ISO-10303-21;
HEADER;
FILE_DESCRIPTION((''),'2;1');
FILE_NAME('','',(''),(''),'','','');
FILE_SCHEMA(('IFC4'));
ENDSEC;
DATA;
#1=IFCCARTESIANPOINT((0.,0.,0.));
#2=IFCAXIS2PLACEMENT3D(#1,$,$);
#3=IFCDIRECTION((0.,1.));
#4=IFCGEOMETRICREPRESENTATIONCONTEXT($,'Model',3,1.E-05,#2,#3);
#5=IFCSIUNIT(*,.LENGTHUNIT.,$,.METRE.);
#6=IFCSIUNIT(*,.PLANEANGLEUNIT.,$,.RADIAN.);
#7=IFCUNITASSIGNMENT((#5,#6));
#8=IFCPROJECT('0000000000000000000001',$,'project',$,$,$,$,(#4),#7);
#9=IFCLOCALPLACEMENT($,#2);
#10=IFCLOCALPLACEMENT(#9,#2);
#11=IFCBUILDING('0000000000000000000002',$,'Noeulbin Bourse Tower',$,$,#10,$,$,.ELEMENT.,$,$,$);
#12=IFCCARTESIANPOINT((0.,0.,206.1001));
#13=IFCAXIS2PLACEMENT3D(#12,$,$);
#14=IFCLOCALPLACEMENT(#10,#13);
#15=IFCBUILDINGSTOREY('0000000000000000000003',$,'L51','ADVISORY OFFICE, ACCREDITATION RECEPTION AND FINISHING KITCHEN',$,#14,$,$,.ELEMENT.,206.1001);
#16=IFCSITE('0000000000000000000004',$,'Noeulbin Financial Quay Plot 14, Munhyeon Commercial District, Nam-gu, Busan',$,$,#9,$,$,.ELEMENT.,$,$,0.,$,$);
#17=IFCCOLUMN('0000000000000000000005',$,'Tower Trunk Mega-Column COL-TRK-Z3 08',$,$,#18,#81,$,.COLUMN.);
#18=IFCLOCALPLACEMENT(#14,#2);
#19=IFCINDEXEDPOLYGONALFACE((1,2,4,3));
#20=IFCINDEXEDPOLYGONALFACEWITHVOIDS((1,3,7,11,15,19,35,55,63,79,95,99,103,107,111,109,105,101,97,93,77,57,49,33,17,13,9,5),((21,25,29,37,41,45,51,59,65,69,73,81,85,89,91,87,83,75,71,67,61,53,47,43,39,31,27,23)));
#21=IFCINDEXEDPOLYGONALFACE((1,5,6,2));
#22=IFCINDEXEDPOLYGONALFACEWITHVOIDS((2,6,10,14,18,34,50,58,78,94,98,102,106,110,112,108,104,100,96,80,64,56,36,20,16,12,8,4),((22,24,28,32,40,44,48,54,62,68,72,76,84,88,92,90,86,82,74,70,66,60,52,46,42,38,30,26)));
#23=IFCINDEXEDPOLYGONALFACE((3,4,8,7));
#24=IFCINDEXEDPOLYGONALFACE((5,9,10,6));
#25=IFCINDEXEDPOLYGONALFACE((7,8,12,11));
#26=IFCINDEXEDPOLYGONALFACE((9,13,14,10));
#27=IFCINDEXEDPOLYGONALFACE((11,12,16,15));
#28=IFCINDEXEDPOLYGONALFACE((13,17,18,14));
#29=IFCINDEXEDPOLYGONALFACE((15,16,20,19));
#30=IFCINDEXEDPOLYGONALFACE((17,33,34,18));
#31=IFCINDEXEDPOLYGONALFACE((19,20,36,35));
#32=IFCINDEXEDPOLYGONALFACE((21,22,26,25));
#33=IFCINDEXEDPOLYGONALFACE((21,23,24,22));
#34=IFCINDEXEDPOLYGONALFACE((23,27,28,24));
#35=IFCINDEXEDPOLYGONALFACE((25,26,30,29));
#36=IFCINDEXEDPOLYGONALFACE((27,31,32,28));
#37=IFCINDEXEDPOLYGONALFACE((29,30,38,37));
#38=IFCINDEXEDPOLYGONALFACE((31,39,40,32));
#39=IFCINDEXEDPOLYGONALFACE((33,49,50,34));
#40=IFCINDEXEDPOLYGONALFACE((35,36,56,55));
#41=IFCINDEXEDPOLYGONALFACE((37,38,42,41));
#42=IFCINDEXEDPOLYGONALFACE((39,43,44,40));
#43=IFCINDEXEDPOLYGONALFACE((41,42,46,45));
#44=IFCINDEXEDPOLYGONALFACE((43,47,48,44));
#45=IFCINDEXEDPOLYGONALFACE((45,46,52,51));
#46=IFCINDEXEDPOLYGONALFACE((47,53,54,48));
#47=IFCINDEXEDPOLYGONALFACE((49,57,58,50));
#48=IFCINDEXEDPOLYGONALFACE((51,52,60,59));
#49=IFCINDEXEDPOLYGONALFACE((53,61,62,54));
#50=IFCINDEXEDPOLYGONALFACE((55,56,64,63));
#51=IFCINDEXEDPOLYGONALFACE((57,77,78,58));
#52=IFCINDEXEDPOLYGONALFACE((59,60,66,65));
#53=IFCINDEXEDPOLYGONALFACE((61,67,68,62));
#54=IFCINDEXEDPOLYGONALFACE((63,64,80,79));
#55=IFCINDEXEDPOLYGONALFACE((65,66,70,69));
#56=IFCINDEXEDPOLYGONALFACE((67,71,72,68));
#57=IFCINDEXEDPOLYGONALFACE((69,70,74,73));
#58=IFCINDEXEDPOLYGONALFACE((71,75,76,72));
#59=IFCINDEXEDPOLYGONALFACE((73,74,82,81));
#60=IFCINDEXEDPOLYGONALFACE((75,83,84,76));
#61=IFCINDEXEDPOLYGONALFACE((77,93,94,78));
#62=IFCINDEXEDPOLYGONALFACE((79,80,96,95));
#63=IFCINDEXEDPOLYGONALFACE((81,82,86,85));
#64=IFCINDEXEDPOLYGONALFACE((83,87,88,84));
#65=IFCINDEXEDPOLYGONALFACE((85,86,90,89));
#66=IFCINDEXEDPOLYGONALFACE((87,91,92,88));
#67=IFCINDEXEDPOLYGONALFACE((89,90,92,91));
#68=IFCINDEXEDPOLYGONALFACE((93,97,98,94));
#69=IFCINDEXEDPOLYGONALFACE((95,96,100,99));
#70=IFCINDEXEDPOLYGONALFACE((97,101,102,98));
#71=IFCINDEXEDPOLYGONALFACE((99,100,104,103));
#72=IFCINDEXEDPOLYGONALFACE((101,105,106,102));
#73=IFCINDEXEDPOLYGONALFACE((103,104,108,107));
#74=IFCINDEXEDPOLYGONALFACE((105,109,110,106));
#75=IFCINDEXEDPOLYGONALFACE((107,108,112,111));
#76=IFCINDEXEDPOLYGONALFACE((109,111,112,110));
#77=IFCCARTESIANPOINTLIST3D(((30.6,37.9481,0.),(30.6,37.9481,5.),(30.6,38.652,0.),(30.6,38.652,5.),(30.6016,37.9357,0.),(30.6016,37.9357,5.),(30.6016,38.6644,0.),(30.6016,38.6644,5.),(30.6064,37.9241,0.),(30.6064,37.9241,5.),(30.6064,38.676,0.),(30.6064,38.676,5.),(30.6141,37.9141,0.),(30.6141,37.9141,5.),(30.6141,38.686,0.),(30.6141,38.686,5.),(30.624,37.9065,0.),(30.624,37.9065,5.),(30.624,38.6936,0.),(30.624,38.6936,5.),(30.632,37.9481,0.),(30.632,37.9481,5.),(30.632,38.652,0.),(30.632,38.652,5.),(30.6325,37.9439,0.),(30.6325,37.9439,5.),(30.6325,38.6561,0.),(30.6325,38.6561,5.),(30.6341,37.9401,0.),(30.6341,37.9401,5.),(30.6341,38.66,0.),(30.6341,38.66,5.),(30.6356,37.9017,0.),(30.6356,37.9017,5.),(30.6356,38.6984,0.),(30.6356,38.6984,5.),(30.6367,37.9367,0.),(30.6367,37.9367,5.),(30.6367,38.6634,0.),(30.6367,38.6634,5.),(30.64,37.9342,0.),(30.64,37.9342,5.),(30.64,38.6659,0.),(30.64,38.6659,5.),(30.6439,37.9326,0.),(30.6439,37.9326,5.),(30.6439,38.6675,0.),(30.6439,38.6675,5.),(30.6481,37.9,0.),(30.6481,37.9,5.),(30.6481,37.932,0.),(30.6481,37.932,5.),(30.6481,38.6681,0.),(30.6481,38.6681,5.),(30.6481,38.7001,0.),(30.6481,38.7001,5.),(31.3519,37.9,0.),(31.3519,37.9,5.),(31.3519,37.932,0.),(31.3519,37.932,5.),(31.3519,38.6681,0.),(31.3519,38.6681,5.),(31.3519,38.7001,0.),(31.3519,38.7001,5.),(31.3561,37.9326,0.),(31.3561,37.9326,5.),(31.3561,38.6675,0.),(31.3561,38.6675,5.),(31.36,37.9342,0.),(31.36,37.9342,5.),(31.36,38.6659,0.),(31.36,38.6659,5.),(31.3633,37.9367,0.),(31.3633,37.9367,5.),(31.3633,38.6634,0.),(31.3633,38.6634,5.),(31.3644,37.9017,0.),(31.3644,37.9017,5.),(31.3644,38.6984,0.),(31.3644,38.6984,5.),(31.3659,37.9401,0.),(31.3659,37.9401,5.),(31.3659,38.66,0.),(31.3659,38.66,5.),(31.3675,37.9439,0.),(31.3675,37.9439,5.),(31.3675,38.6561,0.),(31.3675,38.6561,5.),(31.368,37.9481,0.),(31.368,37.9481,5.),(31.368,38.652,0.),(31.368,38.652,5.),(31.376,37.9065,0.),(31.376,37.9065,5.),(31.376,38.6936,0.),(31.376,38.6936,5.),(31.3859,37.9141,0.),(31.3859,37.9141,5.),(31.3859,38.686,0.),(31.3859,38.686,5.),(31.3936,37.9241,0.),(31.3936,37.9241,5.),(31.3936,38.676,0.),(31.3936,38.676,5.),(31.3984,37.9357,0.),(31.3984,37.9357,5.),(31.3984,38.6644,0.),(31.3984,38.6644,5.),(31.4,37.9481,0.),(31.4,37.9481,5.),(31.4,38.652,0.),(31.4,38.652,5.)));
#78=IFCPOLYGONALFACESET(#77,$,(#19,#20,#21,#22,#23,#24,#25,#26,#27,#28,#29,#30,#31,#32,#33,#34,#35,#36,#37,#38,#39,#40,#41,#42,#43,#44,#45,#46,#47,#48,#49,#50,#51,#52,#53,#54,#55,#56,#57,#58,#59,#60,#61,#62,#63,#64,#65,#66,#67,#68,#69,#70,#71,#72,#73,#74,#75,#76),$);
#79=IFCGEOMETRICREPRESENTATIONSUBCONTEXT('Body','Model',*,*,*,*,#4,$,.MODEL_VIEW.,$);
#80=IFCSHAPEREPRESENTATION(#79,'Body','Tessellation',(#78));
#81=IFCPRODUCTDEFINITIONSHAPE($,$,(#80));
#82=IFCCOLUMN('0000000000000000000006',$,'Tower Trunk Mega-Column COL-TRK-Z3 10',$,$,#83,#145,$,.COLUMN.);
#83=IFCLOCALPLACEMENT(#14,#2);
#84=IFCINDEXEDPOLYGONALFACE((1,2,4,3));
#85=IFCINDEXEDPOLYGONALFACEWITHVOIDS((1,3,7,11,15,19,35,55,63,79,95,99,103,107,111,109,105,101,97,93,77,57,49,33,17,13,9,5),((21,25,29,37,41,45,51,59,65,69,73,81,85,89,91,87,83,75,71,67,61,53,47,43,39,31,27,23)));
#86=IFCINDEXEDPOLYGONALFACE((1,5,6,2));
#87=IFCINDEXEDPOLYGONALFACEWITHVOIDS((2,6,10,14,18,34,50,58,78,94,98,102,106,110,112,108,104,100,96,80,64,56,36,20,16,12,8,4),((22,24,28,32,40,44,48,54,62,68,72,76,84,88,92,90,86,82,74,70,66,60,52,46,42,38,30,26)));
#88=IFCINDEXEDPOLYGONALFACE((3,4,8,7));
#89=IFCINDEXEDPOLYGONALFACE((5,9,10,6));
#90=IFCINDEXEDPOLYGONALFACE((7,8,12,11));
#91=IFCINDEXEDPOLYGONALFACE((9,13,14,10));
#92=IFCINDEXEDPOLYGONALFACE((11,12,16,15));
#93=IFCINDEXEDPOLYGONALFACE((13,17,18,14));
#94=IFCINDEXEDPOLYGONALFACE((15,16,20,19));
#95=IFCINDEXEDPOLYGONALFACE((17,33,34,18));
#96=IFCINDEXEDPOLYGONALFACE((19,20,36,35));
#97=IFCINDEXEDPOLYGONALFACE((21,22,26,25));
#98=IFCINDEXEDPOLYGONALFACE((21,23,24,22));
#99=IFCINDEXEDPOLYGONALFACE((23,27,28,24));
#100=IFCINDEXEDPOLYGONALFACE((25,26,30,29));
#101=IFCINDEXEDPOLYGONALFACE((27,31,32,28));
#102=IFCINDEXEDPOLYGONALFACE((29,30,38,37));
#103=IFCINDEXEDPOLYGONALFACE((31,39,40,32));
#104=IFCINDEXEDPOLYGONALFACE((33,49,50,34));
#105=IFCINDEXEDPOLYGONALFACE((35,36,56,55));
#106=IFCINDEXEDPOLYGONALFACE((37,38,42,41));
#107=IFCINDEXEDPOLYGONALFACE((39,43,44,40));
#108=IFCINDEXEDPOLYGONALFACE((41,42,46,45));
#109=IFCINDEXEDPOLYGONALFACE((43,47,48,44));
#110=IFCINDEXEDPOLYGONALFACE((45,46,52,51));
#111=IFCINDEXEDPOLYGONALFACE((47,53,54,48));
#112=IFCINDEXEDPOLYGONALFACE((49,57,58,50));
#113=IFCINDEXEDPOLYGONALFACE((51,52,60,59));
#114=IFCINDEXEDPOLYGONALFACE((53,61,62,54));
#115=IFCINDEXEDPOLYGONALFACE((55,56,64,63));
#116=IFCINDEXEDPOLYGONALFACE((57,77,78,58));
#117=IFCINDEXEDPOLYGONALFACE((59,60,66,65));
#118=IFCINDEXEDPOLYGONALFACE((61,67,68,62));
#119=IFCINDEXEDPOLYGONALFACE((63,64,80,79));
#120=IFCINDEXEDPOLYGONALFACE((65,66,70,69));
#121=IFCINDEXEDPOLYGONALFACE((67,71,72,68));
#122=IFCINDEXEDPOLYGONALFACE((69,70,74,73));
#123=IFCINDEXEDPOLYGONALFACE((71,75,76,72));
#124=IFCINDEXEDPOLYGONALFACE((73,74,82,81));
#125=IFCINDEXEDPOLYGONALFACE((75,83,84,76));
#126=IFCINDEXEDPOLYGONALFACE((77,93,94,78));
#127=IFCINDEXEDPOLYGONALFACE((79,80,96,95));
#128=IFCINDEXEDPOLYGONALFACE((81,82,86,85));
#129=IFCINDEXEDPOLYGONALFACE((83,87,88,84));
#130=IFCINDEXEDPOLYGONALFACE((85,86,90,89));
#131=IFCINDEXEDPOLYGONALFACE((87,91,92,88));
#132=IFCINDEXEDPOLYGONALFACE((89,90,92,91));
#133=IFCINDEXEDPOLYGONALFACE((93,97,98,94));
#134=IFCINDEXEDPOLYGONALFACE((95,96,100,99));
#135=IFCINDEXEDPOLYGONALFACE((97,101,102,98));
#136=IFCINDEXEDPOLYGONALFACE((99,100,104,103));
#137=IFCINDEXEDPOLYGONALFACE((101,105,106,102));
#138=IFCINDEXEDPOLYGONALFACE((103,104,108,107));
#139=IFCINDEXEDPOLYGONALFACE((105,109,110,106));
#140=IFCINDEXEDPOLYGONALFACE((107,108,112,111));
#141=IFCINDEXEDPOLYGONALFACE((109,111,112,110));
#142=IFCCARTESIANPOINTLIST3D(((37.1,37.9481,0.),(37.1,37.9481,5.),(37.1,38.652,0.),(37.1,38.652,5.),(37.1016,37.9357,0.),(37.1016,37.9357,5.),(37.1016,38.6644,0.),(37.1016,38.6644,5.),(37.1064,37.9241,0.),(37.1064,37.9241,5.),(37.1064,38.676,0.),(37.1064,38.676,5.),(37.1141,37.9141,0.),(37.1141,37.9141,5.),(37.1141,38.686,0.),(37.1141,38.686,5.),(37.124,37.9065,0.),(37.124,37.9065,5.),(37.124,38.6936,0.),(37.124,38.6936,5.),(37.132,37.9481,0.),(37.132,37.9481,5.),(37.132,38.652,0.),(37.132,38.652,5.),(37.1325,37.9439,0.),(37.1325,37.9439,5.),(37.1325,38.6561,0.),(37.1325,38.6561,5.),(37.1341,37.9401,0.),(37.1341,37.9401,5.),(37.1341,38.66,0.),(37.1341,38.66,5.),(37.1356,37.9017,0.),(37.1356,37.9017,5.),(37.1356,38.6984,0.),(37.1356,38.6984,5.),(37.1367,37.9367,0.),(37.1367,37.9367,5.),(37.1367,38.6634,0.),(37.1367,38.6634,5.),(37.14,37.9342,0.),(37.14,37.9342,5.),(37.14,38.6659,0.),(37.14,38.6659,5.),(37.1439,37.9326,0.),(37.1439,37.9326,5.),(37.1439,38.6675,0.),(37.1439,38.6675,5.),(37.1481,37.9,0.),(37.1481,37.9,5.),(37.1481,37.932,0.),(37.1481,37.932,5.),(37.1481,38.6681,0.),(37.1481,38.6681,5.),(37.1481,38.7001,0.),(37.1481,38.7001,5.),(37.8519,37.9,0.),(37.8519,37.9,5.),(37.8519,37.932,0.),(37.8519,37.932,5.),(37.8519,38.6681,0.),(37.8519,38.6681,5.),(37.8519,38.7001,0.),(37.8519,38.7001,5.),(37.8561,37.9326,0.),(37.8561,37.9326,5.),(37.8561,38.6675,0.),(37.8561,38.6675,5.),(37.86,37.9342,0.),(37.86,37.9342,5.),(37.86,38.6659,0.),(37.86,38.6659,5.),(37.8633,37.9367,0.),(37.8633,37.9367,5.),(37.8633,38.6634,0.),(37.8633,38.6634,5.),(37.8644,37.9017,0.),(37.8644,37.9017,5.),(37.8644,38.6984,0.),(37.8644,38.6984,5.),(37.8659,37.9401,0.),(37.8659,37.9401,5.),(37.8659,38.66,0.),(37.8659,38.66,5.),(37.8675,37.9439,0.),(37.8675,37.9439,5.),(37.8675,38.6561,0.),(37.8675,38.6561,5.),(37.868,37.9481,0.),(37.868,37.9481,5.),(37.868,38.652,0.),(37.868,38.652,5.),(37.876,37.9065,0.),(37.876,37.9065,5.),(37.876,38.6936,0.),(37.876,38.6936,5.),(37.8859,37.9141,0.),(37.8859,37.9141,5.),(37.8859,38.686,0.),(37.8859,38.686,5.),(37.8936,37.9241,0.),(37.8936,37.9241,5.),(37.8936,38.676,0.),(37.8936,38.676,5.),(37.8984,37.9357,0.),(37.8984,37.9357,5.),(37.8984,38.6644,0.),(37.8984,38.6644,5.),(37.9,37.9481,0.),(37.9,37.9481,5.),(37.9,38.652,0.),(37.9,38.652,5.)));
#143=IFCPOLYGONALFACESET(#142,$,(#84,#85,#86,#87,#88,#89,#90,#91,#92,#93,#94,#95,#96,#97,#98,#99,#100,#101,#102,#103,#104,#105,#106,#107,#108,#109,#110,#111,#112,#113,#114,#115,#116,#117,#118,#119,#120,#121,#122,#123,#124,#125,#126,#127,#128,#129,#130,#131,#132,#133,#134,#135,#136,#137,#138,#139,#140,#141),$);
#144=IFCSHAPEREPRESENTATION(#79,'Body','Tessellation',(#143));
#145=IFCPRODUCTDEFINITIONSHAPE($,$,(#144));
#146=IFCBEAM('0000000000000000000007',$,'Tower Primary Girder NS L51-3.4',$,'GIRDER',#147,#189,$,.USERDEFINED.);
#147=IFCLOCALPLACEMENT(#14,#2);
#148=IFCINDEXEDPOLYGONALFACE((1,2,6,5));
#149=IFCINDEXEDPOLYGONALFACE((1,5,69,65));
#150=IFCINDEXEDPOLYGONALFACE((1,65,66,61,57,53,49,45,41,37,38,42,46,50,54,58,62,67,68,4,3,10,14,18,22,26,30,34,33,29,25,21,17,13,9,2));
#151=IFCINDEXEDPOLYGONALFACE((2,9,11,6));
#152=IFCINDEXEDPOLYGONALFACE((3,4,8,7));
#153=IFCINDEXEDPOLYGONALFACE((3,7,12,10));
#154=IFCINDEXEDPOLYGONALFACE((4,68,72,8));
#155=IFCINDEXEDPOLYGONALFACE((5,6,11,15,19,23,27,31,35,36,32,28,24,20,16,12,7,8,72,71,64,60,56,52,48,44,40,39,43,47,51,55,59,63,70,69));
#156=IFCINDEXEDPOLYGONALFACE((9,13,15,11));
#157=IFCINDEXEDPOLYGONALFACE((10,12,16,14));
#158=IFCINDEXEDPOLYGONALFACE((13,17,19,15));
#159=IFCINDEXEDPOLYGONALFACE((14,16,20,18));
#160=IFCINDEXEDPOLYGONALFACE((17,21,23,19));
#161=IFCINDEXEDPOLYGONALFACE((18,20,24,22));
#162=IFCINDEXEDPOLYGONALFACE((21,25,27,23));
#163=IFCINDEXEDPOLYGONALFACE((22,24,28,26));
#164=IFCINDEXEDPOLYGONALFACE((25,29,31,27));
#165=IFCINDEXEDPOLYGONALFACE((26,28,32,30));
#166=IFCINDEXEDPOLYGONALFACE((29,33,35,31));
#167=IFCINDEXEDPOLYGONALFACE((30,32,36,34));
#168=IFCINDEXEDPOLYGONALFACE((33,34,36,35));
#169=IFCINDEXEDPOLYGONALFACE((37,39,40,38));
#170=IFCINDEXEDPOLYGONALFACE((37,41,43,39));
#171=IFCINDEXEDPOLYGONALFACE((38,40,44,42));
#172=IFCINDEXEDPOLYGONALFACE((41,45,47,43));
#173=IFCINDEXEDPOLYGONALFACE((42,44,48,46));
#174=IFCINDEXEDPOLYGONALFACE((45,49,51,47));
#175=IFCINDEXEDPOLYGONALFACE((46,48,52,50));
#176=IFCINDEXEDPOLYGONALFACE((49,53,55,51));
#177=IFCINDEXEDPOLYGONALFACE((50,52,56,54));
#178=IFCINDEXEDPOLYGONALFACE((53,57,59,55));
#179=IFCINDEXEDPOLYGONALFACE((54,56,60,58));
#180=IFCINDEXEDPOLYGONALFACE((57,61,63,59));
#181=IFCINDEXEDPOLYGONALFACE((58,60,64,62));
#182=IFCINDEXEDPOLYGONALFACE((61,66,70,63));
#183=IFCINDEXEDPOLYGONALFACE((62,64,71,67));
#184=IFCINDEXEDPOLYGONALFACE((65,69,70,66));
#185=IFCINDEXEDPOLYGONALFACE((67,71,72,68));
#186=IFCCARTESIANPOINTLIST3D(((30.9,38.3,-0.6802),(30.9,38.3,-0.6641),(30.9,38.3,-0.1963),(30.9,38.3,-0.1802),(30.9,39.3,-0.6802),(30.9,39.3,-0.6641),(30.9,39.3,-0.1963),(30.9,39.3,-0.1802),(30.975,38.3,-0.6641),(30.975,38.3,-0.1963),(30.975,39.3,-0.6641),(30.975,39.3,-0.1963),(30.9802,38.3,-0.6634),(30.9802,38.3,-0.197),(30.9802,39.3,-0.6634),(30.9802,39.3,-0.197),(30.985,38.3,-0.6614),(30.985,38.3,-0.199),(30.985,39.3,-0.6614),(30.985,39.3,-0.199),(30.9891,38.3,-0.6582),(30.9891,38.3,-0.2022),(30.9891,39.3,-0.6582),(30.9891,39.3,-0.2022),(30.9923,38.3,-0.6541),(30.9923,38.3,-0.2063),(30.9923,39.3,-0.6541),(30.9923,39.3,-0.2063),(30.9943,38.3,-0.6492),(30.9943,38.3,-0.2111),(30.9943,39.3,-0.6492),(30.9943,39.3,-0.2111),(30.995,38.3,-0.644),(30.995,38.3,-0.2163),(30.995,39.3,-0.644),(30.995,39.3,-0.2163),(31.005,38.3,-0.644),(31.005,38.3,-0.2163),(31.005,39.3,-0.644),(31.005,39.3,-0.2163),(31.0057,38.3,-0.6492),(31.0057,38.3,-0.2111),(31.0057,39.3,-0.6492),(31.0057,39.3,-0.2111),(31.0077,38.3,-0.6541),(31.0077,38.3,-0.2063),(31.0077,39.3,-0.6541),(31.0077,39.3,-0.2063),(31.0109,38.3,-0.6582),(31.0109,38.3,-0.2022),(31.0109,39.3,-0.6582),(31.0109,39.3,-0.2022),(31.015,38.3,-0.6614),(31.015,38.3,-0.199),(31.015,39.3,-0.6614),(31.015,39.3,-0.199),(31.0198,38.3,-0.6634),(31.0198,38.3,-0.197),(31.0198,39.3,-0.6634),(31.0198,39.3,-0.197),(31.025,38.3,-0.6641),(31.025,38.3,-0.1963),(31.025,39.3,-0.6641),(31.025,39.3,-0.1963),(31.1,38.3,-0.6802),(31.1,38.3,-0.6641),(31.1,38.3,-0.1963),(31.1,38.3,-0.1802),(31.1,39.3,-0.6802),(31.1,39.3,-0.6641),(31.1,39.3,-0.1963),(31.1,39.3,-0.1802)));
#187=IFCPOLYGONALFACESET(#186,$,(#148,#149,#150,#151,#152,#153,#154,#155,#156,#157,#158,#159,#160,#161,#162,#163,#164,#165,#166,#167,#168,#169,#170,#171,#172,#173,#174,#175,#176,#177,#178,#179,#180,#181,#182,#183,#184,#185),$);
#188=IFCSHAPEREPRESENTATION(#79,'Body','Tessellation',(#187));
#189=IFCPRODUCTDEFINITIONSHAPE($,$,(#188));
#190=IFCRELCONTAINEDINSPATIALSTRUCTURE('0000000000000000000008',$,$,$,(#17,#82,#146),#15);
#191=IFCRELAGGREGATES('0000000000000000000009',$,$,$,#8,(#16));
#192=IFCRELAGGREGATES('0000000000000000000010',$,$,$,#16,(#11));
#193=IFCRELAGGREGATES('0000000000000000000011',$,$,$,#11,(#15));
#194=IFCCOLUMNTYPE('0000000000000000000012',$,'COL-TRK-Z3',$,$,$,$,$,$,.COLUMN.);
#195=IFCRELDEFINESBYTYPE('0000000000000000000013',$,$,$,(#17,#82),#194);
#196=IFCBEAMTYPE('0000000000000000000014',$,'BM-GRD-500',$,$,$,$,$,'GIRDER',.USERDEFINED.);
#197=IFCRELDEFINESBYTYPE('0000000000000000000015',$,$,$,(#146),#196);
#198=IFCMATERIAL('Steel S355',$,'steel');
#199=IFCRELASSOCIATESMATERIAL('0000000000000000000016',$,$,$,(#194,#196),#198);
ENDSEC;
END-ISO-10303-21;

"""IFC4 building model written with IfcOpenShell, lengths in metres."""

from ifc_helpers import new_model, si_unit, direction, frame, origin, origin_2d, place, context, subcontext, project, spatial, hollow_rectangle, i_section, extrude, material, material_profile, profile_set, type_object, element, save


model = new_model("IFC4")

# Units and contexts
model_context = context("Model", 3, precision=1e-05, world=origin(), true_north=direction((0.0, 1.0)))
body_context = subcontext(model_context, "Body", "Model", "MODEL_VIEW")
ifc_project = project(units=[si_unit("LENGTHUNIT", "METRE"), si_unit("PLANEANGLEUNIT", "RADIAN")], contexts=[model_context])

# Site, building, storey
site_placement = place(None, origin())
site = spatial("IfcSite", under=ifc_project, at=site_placement, Name="Noeulbin Financial Quay Plot 14, Munhyeon Commercial District, Nam-gu, Busan", CompositionType="ELEMENT", RefElevation=0.0)
building_placement = place(site_placement, origin())
building = spatial("IfcBuilding", under=site, at=building_placement, Name="Noeulbin Bourse Tower", CompositionType="ELEMENT")
storey_placement = place(building_placement, frame((0.0, 0.0, 206.1001)))
storey = spatial("IfcBuildingStorey", under=building, at=storey_placement, Name="L51", Description="ADVISORY OFFICE, ACCREDITATION RECEPTION AND FINISHING KITCHEN", CompositionType="ELEMENT", Elevation=206.1001)

# Columns
ifc_material_1 = material(Name="Steel S355", Category="steel")
ifc_material_profile_1 = material_profile(ifc_material_1, hollow_rectangle(XDim=0.8, YDim=0.8, WallThickness=0.032, InnerFilletRadius=0.0161, OuterFilletRadius=0.0481, at=origin_2d()), Name="BOX-800x800x32", Category="LoadBearing")
ifc_profile_set_1 = profile_set([ifc_material_profile_1], Name="Steel S355")
column_type = type_object("IfcColumnType", Name="COL-TRK-Z3", PredefinedType="COLUMN", material=ifc_profile_set_1)
for number, where, z_axis, x_axis, name in (
    (1, (31.0, 38.3, 0.0), (0.0, 0.0, 1.0), (1.0, 0.0, 0.0), "Tower Trunk Mega-Column COL-TRK-Z3 08"),
    (2, (37.5, 38.3, 0.0), (0.0, 0.0, 1.0), (1.0, 0.0, 0.0), "Tower Trunk Mega-Column COL-TRK-Z3 10"),
):
    element("IfcColumn", number, at=place(storey_placement, frame(where, z_axis=z_axis, x_axis=x_axis)), inside=storey, type_object=column_type, Name=name, PredefinedType="COLUMN", context=body_context, shape_type="SweptSolid", body=[
        extrude(hollow_rectangle(XDim=0.8, YDim=0.8, WallThickness=0.032, InnerFilletRadius=0.0161, OuterFilletRadius=0.0481, at=origin_2d()), origin(), (0.0, 0.0, 1.0), 5.0),
    ])

# Beam
ifc_material_profile_2 = material_profile(ifc_material_1, i_section(OverallWidth=0.2, OverallDepth=0.5, WebThickness=0.01, FlangeThickness=0.0161, FilletRadius=0.02, at=origin_2d()), Name="H-500x200x10x16", Category="LoadBearing")
ifc_profile_set_2 = profile_set([ifc_material_profile_2], Name="Steel S355")
beam_type = type_object("IfcBeamType", Name="BM-GRD-500", ElementType="GIRDER", PredefinedType="USERDEFINED", material=ifc_profile_set_2)
for number, where, z_axis, x_axis, name in (
    (3, (31.0, 38.3, -0.4302), (0.0, 1.0, 0.0), (-1.0, 0.0, 0.0), "Tower Primary Girder NS L51-3.4"),
):
    element("IfcBeam", number, at=place(storey_placement, frame(where, z_axis=z_axis, x_axis=x_axis)), inside=storey, type_object=beam_type, Name=name, ObjectType="GIRDER", PredefinedType="USERDEFINED", context=body_context, shape_type="SweptSolid", body=[
        extrude(i_section(OverallWidth=0.2, OverallDepth=0.5, WebThickness=0.01, FlangeThickness=0.0161, FilletRadius=0.02, at=origin_2d()), origin(), (0.0, 0.0, 1.0), 1.0),
    ])

save(model, "model.ifc")
